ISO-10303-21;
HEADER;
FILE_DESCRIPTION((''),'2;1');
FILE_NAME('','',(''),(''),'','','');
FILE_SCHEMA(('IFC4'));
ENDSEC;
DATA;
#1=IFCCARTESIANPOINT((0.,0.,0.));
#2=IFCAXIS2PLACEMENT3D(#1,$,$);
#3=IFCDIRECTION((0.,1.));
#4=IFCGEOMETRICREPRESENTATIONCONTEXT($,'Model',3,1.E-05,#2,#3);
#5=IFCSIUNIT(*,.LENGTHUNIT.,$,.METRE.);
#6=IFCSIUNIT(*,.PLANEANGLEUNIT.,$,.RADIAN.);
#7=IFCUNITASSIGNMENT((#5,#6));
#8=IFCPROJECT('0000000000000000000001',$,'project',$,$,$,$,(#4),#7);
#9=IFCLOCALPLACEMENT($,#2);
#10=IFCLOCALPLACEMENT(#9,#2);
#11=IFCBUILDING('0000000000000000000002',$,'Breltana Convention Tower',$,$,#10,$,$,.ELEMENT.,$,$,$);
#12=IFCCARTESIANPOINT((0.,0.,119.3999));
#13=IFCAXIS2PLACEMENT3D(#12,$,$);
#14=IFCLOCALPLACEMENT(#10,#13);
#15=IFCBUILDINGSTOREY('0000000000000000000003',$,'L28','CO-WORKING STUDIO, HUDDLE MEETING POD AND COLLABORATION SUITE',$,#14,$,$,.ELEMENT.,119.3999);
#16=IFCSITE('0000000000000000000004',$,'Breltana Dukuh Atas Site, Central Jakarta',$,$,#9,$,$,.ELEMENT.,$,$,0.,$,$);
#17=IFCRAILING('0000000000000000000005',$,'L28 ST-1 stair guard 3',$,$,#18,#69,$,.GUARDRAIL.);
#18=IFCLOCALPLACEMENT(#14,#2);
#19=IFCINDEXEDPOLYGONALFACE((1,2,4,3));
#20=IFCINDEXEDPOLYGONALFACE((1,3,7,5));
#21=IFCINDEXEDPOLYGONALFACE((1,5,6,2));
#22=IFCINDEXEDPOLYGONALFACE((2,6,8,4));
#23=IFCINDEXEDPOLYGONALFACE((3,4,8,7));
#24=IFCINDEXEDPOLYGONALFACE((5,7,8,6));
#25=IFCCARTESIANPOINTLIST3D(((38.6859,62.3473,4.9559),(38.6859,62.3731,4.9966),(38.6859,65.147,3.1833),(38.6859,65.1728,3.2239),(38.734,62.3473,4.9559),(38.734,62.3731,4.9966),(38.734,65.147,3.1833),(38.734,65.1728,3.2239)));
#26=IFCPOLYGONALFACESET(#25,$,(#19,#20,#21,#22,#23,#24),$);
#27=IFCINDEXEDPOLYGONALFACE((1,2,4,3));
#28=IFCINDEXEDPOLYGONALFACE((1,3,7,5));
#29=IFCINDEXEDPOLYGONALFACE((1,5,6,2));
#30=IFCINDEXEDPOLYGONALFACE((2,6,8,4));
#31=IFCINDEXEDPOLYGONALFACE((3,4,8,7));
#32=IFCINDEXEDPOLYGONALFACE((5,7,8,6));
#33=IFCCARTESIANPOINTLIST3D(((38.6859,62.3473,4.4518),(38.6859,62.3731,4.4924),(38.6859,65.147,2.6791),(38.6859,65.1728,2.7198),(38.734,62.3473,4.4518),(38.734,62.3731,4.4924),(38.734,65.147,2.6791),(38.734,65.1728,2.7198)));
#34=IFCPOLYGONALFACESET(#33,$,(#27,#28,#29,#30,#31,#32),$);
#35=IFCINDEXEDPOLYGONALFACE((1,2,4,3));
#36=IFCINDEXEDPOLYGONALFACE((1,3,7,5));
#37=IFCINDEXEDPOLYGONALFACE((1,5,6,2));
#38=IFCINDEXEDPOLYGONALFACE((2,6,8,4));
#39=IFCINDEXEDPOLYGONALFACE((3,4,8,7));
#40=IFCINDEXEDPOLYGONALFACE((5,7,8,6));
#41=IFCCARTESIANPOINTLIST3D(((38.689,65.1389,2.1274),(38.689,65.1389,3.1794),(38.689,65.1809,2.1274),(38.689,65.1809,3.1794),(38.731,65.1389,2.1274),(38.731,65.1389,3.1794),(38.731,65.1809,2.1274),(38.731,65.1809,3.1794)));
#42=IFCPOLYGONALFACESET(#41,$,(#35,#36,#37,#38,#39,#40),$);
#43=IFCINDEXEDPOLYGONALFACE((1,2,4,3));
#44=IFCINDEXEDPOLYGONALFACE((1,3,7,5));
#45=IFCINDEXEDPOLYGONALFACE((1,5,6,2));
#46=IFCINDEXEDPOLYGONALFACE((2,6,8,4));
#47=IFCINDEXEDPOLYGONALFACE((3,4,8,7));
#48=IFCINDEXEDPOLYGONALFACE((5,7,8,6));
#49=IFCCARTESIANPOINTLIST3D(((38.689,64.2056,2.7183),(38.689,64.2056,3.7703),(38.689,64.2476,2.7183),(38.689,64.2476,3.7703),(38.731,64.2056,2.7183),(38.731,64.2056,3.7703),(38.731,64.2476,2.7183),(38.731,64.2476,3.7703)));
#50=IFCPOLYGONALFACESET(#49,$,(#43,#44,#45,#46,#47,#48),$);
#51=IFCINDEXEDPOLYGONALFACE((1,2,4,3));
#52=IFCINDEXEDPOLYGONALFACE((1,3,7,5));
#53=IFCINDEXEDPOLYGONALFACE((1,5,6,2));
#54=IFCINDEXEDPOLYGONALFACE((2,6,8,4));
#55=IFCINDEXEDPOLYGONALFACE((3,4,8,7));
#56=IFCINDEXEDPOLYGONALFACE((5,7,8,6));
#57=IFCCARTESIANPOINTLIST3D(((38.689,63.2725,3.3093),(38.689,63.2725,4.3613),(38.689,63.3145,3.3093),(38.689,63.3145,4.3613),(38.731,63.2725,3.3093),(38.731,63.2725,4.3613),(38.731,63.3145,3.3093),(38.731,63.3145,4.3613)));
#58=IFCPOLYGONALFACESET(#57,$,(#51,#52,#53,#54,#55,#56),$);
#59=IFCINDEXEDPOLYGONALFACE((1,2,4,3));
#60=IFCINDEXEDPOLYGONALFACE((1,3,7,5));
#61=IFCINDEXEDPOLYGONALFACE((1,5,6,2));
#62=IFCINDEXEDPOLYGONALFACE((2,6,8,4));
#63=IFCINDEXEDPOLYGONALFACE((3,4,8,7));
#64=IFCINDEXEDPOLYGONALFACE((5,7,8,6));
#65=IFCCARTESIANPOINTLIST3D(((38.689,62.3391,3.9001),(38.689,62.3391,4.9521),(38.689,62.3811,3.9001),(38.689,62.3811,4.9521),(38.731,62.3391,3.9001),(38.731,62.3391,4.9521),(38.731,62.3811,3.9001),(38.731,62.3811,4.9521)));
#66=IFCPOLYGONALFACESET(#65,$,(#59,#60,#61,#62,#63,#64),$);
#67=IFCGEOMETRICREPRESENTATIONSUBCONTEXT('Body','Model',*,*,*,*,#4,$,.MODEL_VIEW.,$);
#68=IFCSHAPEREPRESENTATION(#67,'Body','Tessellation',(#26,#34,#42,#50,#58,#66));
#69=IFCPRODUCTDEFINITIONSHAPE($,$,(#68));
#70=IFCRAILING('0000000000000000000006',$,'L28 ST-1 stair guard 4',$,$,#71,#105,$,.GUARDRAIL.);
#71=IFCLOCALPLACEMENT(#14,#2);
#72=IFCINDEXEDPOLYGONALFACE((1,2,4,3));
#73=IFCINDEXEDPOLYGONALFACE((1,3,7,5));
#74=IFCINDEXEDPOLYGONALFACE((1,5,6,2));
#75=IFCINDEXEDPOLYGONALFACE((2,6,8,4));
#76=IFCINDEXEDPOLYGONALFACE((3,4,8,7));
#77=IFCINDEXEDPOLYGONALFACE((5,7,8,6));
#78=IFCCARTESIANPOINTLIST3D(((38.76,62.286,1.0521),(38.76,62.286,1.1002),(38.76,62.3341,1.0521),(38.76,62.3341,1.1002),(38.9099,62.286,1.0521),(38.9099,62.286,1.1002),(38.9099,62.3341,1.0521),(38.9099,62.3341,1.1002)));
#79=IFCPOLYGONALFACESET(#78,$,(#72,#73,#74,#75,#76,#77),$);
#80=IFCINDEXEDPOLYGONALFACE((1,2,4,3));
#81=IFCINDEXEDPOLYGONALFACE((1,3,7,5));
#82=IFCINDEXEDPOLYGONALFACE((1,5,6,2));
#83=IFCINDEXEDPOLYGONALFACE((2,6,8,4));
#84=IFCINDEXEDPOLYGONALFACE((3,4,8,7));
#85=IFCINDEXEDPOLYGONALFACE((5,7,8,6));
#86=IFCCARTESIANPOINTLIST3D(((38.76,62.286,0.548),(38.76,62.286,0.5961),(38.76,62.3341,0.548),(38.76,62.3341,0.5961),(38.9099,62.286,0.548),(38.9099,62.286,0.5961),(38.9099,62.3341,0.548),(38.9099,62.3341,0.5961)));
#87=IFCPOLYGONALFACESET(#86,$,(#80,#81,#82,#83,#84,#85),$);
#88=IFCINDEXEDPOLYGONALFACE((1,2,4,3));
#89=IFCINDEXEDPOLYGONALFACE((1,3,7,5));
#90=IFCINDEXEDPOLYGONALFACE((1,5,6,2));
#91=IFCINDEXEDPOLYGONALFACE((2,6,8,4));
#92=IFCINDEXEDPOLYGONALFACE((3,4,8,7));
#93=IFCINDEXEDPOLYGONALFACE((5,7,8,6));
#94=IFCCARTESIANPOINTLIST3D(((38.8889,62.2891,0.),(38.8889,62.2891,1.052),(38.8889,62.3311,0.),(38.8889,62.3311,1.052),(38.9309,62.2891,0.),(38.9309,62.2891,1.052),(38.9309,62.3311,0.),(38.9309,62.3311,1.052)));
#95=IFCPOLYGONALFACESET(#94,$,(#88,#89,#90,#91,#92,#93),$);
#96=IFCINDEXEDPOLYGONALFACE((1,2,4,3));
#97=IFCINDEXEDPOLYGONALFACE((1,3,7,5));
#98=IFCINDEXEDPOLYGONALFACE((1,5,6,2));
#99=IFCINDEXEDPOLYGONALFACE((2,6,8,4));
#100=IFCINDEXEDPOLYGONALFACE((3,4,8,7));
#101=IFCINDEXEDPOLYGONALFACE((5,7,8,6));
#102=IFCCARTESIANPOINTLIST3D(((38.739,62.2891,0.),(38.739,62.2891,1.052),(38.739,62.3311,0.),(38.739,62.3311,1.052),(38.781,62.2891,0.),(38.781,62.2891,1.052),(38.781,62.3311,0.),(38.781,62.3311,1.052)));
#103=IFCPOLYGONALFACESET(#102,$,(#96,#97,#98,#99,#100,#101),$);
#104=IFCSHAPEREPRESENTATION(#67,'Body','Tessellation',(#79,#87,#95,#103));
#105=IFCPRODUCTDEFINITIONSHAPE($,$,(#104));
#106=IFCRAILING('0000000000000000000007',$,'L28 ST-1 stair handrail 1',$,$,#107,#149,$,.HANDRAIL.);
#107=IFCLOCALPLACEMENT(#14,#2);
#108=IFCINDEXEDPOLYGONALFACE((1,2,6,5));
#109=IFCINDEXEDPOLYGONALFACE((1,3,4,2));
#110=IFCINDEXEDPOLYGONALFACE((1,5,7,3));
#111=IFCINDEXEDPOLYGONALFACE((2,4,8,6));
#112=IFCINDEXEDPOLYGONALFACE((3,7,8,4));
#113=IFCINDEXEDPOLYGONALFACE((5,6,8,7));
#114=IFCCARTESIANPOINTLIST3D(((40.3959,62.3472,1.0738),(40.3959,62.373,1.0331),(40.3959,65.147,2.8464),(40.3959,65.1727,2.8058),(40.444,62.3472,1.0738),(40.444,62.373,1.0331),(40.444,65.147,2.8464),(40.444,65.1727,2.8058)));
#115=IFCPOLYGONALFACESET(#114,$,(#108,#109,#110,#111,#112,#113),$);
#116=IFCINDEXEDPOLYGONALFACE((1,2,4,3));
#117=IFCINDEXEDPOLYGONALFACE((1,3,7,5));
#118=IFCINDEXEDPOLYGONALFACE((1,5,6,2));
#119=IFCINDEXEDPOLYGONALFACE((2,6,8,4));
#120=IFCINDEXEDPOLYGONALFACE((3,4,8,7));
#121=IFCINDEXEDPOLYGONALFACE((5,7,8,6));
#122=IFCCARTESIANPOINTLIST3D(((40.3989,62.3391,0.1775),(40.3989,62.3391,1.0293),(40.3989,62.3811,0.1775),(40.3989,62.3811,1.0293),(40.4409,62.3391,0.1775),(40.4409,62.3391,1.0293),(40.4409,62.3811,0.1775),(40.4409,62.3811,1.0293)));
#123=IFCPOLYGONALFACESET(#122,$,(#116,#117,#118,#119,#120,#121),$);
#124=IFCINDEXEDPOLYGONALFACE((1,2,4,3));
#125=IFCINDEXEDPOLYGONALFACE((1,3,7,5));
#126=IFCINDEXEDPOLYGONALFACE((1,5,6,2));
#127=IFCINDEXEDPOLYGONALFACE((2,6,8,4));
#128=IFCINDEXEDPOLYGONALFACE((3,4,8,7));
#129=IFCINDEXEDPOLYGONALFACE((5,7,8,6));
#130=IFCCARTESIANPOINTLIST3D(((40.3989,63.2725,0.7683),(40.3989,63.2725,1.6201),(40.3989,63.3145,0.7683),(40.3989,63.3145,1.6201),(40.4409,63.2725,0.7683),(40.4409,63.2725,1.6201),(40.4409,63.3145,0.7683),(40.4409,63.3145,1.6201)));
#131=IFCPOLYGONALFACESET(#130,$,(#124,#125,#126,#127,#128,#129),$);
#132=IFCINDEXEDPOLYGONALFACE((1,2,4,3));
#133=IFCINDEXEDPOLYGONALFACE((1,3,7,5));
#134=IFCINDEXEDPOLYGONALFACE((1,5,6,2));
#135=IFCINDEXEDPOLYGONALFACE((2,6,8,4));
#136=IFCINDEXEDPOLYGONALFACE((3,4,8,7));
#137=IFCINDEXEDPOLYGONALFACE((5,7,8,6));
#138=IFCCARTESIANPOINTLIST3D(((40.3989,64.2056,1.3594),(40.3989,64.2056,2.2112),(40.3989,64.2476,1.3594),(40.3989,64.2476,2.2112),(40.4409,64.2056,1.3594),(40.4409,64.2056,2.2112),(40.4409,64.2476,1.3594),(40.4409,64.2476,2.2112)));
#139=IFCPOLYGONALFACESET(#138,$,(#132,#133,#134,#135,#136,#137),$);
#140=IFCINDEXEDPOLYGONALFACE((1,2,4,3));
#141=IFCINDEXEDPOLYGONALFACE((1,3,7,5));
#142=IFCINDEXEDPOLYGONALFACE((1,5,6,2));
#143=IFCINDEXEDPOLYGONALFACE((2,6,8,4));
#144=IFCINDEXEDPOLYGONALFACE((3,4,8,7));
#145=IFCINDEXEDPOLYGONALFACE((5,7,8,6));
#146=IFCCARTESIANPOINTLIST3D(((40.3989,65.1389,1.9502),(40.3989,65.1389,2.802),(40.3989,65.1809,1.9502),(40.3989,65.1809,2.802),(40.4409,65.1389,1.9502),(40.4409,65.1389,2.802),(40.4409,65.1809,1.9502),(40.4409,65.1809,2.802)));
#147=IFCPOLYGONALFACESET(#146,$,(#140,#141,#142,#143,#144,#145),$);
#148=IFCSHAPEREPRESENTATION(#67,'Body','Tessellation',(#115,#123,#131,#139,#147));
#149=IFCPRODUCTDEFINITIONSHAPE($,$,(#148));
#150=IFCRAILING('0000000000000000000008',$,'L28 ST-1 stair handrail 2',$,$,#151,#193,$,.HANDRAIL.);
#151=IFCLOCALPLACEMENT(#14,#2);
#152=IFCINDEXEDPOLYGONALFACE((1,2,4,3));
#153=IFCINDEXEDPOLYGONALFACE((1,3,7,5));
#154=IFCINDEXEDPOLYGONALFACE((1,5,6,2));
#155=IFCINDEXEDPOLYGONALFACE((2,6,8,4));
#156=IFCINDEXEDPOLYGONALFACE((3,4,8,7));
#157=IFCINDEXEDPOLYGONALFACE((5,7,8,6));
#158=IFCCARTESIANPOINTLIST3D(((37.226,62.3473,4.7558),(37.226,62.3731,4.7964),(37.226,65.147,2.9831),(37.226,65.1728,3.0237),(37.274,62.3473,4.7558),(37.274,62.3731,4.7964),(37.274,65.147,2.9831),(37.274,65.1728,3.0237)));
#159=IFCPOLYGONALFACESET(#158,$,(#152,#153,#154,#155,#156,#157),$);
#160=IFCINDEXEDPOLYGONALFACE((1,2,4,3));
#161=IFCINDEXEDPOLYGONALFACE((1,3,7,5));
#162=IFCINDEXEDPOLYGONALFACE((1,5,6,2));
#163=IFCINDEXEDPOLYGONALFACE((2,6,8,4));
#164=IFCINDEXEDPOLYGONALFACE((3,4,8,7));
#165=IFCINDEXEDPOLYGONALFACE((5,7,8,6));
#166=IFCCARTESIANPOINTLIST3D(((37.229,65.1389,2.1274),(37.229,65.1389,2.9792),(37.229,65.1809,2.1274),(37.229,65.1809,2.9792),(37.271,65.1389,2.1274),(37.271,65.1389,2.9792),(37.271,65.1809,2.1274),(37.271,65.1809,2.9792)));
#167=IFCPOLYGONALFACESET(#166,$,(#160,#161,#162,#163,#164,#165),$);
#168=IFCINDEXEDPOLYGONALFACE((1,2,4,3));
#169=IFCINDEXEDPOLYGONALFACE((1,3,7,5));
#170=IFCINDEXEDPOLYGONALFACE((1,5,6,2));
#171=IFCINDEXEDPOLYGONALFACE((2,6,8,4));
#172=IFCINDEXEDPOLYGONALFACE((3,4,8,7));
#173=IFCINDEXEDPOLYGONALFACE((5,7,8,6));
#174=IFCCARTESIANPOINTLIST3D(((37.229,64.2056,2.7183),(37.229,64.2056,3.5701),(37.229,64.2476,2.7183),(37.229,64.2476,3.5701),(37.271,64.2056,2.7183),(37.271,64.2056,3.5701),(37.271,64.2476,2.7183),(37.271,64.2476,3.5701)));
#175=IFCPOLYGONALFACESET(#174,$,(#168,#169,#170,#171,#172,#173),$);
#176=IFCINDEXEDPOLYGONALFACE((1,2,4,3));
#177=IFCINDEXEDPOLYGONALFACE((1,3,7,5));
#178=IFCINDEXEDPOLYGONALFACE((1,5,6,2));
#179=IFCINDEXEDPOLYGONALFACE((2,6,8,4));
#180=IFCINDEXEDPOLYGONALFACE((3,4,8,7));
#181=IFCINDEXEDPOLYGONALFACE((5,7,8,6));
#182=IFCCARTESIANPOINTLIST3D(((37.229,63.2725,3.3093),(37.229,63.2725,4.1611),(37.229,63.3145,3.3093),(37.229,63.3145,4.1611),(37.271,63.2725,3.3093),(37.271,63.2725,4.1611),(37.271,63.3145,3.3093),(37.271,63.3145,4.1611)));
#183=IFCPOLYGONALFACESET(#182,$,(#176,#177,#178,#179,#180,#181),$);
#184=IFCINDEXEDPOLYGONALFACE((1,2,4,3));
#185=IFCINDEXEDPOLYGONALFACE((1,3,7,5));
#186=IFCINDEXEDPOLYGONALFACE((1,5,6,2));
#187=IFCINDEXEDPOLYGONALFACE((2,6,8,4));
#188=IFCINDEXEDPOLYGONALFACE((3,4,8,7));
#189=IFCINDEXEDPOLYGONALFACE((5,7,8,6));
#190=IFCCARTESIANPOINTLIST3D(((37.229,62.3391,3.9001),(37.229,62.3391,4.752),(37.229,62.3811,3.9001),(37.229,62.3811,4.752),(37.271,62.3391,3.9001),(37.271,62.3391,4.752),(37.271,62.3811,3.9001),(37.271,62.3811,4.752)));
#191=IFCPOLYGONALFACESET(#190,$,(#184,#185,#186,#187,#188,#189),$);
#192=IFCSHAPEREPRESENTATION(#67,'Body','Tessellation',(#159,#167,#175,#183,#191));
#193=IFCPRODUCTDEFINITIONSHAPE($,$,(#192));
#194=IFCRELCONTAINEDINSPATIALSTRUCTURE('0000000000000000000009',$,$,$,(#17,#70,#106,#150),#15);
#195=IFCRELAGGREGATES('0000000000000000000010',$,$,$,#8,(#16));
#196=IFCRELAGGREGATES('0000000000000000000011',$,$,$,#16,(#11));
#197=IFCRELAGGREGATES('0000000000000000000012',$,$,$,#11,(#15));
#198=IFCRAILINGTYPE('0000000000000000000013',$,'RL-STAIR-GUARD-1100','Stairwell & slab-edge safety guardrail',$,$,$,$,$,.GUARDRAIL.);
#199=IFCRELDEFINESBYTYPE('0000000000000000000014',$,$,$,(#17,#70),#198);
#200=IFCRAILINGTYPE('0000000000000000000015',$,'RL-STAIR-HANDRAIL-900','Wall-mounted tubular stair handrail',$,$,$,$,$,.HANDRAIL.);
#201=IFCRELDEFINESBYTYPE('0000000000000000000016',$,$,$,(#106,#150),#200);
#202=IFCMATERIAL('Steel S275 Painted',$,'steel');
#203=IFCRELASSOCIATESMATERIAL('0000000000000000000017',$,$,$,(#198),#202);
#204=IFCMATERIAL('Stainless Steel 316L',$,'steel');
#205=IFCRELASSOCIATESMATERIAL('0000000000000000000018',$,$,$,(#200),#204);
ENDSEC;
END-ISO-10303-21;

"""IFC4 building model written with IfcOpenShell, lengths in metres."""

from ifc_helpers import new_model, si_unit, direction, frame, origin, origin_2d, place, context, subcontext, project, spatial, rectangle, extrude, material, type_object, element, save


model = new_model("IFC4")

# Units and contexts
model_context = context("Model", 3, precision=1e-05, world=origin(), true_north=direction((0.0, 1.0)))
body_context = subcontext(model_context, "Body", "Model", "MODEL_VIEW")
ifc_project = project(units=[si_unit("LENGTHUNIT", "METRE"), si_unit("PLANEANGLEUNIT", "RADIAN")], contexts=[model_context])

# Site, building, storey
site_placement = place(None, origin())
site = spatial("IfcSite", under=ifc_project, at=site_placement, Name="Breltana Dukuh Atas Site, Central Jakarta", CompositionType="ELEMENT", RefElevation=0.0)
building_placement = place(site_placement, origin())
building = spatial("IfcBuilding", under=site, at=building_placement, Name="Breltana Convention Tower", CompositionType="ELEMENT")
storey_placement = place(building_placement, frame((0.0, 0.0, 119.3999)))
storey = spatial("IfcBuildingStorey", under=building, at=storey_placement, Name="L28", Description="CO-WORKING STUDIO, HUDDLE MEETING POD AND COLLABORATION SUITE", CompositionType="ELEMENT", Elevation=119.3999)

# Railings
ifc_material_1 = material(Name="Steel S275 Painted", Category="steel")
railing_type_1 = type_object("IfcRailingType", Name="RL-STAIR-GUARD-1100", Description="Stairwell & slab-edge safety guardrail", PredefinedType="GUARDRAIL", material=ifc_material_1)
railing_1_placement = place(storey_placement, frame((38.71, 65.1599, 2.1274)))
element("IfcRailing", 1, at=railing_1_placement, inside=storey, type_object=railing_type_1, Name="L28 ST-1 stair guard 3", PredefinedType="GUARDRAIL", context=body_context, shape_type="SweptSolid", body=[
    extrude(rectangle(XDim=0.0481, YDim=0.0481, at=origin_2d()), frame((0.0, 0.0, 1.0762), z_axis=(0.0, -0.844888, 0.534943), x_axis=(1.0, 0.0, 0.0)), (0.0, 0.0, 1.0), 3.3137),
    extrude(rectangle(XDim=0.0481, YDim=0.0481, at=origin_2d()), frame((0.0, 0.0, 0.572), z_axis=(0.0, -0.844888, 0.534943), x_axis=(1.0, 0.0, 0.0)), (0.0, 0.0, 1.0), 3.3137),
    extrude(rectangle(XDim=0.042, YDim=0.042, at=origin_2d()), origin(), (0.0, 0.0, 1.0), 1.052),
    extrude(rectangle(XDim=0.042, YDim=0.042, at=origin_2d()), frame((0.0, -0.9333, 0.5908)), (0.0, 0.0, 1.0), 1.052),
    extrude(rectangle(XDim=0.042, YDim=0.042, at=origin_2d()), frame((0.0, -1.8665, 1.1819)), (0.0, 0.0, 1.0), 1.052),
    extrude(rectangle(XDim=0.042, YDim=0.042, at=origin_2d()), frame((0.0, -2.7998, 1.7727)), (0.0, 0.0, 1.0), 1.052),
])
railing_2_placement = place(storey_placement, frame((38.9099, 62.3101, 0.0)))
element("IfcRailing", 2, at=railing_2_placement, inside=storey, type_object=railing_type_1, Name="L28 ST-1 stair guard 4", PredefinedType="GUARDRAIL", context=body_context, shape_type="SweptSolid", body=[
    extrude(rectangle(XDim=0.0481, YDim=0.0481, at=origin_2d()), frame((0.0, 0.0, 1.0762), z_axis=(-1.0, 0.0, 0.0), x_axis=(0.0, -1.0, 0.0)), (0.0, 0.0, 1.0), 0.1499),
    extrude(rectangle(XDim=0.0481, YDim=0.0481, at=origin_2d()), frame((0.0, 0.0, 0.572), z_axis=(-1.0, 0.0, 0.0), x_axis=(0.0, -1.0, 0.0)), (0.0, 0.0, 1.0), 0.1499),
    extrude(rectangle(XDim=0.042, YDim=0.042, at=origin_2d()), origin(), (0.0, 0.0, 1.0), 1.052),
    extrude(rectangle(XDim=0.042, YDim=0.042, at=origin_2d()), frame((-0.1499, 0.0, 0.0)), (0.0, 0.0, 1.0), 1.052),
])
ifc_material_2 = material(Name="Stainless Steel 316L", Category="steel")
railing_type_2 = type_object("IfcRailingType", Name="RL-STAIR-HANDRAIL-900", Description="Wall-mounted tubular stair handrail", PredefinedType="HANDRAIL", material=ifc_material_2)
railing_3_placement = place(storey_placement, frame((40.4199, 62.3601, 0.1775)))
element("IfcRailing", 3, at=railing_3_placement, inside=storey, type_object=railing_type_2, Name="L28 ST-1 stair handrail 1", PredefinedType="HANDRAIL", context=body_context, shape_type="SweptSolid", body=[
    extrude(rectangle(XDim=0.0481, YDim=0.0481, at=origin_2d()), frame((0.0, 0.0, 0.876), z_axis=(0.0, 0.844888, 0.534943), x_axis=(-1.0, 0.0, 0.0)), (0.0, 0.0, 1.0), 3.3137),
    extrude(rectangle(XDim=0.042, YDim=0.042, at=origin_2d()), origin(), (0.0, 0.0, 1.0), 0.8518),
    extrude(rectangle(XDim=0.042, YDim=0.042, at=origin_2d()), frame((0.0, 0.9333, 0.5908)), (0.0, 0.0, 1.0), 0.8518),
    extrude(rectangle(XDim=0.042, YDim=0.042, at=origin_2d()), frame((0.0, 1.8665, 1.1819)), (0.0, 0.0, 1.0), 0.8518),
    extrude(rectangle(XDim=0.042, YDim=0.042, at=origin_2d()), frame((0.0, 2.7998, 1.7727)), (0.0, 0.0, 1.0), 0.8518),
])
railing_4_placement = place(storey_placement, frame((37.25, 65.1599, 2.1274)))
element("IfcRailing", 4, at=railing_4_placement, inside=storey, type_object=railing_type_2, Name="L28 ST-1 stair handrail 2", PredefinedType="HANDRAIL", context=body_context, shape_type="SweptSolid", body=[
    extrude(rectangle(XDim=0.0481, YDim=0.0481, at=origin_2d()), frame((0.0, 0.0, 0.876), z_axis=(0.0, -0.844888, 0.534943), x_axis=(1.0, 0.0, 0.0)), (0.0, 0.0, 1.0), 3.3137),
    extrude(rectangle(XDim=0.042, YDim=0.042, at=origin_2d()), origin(), (0.0, 0.0, 1.0), 0.8518),
    extrude(rectangle(XDim=0.042, YDim=0.042, at=origin_2d()), frame((0.0, -0.9333, 0.5908)), (0.0, 0.0, 1.0), 0.8518),
    extrude(rectangle(XDim=0.042, YDim=0.042, at=origin_2d()), frame((0.0, -1.8665, 1.1819)), (0.0, 0.0, 1.0), 0.8518),
    extrude(rectangle(XDim=0.042, YDim=0.042, at=origin_2d()), frame((0.0, -2.7998, 1.7727)), (0.0, 0.0, 1.0), 0.8518),
])

save(model, "model.ifc")
